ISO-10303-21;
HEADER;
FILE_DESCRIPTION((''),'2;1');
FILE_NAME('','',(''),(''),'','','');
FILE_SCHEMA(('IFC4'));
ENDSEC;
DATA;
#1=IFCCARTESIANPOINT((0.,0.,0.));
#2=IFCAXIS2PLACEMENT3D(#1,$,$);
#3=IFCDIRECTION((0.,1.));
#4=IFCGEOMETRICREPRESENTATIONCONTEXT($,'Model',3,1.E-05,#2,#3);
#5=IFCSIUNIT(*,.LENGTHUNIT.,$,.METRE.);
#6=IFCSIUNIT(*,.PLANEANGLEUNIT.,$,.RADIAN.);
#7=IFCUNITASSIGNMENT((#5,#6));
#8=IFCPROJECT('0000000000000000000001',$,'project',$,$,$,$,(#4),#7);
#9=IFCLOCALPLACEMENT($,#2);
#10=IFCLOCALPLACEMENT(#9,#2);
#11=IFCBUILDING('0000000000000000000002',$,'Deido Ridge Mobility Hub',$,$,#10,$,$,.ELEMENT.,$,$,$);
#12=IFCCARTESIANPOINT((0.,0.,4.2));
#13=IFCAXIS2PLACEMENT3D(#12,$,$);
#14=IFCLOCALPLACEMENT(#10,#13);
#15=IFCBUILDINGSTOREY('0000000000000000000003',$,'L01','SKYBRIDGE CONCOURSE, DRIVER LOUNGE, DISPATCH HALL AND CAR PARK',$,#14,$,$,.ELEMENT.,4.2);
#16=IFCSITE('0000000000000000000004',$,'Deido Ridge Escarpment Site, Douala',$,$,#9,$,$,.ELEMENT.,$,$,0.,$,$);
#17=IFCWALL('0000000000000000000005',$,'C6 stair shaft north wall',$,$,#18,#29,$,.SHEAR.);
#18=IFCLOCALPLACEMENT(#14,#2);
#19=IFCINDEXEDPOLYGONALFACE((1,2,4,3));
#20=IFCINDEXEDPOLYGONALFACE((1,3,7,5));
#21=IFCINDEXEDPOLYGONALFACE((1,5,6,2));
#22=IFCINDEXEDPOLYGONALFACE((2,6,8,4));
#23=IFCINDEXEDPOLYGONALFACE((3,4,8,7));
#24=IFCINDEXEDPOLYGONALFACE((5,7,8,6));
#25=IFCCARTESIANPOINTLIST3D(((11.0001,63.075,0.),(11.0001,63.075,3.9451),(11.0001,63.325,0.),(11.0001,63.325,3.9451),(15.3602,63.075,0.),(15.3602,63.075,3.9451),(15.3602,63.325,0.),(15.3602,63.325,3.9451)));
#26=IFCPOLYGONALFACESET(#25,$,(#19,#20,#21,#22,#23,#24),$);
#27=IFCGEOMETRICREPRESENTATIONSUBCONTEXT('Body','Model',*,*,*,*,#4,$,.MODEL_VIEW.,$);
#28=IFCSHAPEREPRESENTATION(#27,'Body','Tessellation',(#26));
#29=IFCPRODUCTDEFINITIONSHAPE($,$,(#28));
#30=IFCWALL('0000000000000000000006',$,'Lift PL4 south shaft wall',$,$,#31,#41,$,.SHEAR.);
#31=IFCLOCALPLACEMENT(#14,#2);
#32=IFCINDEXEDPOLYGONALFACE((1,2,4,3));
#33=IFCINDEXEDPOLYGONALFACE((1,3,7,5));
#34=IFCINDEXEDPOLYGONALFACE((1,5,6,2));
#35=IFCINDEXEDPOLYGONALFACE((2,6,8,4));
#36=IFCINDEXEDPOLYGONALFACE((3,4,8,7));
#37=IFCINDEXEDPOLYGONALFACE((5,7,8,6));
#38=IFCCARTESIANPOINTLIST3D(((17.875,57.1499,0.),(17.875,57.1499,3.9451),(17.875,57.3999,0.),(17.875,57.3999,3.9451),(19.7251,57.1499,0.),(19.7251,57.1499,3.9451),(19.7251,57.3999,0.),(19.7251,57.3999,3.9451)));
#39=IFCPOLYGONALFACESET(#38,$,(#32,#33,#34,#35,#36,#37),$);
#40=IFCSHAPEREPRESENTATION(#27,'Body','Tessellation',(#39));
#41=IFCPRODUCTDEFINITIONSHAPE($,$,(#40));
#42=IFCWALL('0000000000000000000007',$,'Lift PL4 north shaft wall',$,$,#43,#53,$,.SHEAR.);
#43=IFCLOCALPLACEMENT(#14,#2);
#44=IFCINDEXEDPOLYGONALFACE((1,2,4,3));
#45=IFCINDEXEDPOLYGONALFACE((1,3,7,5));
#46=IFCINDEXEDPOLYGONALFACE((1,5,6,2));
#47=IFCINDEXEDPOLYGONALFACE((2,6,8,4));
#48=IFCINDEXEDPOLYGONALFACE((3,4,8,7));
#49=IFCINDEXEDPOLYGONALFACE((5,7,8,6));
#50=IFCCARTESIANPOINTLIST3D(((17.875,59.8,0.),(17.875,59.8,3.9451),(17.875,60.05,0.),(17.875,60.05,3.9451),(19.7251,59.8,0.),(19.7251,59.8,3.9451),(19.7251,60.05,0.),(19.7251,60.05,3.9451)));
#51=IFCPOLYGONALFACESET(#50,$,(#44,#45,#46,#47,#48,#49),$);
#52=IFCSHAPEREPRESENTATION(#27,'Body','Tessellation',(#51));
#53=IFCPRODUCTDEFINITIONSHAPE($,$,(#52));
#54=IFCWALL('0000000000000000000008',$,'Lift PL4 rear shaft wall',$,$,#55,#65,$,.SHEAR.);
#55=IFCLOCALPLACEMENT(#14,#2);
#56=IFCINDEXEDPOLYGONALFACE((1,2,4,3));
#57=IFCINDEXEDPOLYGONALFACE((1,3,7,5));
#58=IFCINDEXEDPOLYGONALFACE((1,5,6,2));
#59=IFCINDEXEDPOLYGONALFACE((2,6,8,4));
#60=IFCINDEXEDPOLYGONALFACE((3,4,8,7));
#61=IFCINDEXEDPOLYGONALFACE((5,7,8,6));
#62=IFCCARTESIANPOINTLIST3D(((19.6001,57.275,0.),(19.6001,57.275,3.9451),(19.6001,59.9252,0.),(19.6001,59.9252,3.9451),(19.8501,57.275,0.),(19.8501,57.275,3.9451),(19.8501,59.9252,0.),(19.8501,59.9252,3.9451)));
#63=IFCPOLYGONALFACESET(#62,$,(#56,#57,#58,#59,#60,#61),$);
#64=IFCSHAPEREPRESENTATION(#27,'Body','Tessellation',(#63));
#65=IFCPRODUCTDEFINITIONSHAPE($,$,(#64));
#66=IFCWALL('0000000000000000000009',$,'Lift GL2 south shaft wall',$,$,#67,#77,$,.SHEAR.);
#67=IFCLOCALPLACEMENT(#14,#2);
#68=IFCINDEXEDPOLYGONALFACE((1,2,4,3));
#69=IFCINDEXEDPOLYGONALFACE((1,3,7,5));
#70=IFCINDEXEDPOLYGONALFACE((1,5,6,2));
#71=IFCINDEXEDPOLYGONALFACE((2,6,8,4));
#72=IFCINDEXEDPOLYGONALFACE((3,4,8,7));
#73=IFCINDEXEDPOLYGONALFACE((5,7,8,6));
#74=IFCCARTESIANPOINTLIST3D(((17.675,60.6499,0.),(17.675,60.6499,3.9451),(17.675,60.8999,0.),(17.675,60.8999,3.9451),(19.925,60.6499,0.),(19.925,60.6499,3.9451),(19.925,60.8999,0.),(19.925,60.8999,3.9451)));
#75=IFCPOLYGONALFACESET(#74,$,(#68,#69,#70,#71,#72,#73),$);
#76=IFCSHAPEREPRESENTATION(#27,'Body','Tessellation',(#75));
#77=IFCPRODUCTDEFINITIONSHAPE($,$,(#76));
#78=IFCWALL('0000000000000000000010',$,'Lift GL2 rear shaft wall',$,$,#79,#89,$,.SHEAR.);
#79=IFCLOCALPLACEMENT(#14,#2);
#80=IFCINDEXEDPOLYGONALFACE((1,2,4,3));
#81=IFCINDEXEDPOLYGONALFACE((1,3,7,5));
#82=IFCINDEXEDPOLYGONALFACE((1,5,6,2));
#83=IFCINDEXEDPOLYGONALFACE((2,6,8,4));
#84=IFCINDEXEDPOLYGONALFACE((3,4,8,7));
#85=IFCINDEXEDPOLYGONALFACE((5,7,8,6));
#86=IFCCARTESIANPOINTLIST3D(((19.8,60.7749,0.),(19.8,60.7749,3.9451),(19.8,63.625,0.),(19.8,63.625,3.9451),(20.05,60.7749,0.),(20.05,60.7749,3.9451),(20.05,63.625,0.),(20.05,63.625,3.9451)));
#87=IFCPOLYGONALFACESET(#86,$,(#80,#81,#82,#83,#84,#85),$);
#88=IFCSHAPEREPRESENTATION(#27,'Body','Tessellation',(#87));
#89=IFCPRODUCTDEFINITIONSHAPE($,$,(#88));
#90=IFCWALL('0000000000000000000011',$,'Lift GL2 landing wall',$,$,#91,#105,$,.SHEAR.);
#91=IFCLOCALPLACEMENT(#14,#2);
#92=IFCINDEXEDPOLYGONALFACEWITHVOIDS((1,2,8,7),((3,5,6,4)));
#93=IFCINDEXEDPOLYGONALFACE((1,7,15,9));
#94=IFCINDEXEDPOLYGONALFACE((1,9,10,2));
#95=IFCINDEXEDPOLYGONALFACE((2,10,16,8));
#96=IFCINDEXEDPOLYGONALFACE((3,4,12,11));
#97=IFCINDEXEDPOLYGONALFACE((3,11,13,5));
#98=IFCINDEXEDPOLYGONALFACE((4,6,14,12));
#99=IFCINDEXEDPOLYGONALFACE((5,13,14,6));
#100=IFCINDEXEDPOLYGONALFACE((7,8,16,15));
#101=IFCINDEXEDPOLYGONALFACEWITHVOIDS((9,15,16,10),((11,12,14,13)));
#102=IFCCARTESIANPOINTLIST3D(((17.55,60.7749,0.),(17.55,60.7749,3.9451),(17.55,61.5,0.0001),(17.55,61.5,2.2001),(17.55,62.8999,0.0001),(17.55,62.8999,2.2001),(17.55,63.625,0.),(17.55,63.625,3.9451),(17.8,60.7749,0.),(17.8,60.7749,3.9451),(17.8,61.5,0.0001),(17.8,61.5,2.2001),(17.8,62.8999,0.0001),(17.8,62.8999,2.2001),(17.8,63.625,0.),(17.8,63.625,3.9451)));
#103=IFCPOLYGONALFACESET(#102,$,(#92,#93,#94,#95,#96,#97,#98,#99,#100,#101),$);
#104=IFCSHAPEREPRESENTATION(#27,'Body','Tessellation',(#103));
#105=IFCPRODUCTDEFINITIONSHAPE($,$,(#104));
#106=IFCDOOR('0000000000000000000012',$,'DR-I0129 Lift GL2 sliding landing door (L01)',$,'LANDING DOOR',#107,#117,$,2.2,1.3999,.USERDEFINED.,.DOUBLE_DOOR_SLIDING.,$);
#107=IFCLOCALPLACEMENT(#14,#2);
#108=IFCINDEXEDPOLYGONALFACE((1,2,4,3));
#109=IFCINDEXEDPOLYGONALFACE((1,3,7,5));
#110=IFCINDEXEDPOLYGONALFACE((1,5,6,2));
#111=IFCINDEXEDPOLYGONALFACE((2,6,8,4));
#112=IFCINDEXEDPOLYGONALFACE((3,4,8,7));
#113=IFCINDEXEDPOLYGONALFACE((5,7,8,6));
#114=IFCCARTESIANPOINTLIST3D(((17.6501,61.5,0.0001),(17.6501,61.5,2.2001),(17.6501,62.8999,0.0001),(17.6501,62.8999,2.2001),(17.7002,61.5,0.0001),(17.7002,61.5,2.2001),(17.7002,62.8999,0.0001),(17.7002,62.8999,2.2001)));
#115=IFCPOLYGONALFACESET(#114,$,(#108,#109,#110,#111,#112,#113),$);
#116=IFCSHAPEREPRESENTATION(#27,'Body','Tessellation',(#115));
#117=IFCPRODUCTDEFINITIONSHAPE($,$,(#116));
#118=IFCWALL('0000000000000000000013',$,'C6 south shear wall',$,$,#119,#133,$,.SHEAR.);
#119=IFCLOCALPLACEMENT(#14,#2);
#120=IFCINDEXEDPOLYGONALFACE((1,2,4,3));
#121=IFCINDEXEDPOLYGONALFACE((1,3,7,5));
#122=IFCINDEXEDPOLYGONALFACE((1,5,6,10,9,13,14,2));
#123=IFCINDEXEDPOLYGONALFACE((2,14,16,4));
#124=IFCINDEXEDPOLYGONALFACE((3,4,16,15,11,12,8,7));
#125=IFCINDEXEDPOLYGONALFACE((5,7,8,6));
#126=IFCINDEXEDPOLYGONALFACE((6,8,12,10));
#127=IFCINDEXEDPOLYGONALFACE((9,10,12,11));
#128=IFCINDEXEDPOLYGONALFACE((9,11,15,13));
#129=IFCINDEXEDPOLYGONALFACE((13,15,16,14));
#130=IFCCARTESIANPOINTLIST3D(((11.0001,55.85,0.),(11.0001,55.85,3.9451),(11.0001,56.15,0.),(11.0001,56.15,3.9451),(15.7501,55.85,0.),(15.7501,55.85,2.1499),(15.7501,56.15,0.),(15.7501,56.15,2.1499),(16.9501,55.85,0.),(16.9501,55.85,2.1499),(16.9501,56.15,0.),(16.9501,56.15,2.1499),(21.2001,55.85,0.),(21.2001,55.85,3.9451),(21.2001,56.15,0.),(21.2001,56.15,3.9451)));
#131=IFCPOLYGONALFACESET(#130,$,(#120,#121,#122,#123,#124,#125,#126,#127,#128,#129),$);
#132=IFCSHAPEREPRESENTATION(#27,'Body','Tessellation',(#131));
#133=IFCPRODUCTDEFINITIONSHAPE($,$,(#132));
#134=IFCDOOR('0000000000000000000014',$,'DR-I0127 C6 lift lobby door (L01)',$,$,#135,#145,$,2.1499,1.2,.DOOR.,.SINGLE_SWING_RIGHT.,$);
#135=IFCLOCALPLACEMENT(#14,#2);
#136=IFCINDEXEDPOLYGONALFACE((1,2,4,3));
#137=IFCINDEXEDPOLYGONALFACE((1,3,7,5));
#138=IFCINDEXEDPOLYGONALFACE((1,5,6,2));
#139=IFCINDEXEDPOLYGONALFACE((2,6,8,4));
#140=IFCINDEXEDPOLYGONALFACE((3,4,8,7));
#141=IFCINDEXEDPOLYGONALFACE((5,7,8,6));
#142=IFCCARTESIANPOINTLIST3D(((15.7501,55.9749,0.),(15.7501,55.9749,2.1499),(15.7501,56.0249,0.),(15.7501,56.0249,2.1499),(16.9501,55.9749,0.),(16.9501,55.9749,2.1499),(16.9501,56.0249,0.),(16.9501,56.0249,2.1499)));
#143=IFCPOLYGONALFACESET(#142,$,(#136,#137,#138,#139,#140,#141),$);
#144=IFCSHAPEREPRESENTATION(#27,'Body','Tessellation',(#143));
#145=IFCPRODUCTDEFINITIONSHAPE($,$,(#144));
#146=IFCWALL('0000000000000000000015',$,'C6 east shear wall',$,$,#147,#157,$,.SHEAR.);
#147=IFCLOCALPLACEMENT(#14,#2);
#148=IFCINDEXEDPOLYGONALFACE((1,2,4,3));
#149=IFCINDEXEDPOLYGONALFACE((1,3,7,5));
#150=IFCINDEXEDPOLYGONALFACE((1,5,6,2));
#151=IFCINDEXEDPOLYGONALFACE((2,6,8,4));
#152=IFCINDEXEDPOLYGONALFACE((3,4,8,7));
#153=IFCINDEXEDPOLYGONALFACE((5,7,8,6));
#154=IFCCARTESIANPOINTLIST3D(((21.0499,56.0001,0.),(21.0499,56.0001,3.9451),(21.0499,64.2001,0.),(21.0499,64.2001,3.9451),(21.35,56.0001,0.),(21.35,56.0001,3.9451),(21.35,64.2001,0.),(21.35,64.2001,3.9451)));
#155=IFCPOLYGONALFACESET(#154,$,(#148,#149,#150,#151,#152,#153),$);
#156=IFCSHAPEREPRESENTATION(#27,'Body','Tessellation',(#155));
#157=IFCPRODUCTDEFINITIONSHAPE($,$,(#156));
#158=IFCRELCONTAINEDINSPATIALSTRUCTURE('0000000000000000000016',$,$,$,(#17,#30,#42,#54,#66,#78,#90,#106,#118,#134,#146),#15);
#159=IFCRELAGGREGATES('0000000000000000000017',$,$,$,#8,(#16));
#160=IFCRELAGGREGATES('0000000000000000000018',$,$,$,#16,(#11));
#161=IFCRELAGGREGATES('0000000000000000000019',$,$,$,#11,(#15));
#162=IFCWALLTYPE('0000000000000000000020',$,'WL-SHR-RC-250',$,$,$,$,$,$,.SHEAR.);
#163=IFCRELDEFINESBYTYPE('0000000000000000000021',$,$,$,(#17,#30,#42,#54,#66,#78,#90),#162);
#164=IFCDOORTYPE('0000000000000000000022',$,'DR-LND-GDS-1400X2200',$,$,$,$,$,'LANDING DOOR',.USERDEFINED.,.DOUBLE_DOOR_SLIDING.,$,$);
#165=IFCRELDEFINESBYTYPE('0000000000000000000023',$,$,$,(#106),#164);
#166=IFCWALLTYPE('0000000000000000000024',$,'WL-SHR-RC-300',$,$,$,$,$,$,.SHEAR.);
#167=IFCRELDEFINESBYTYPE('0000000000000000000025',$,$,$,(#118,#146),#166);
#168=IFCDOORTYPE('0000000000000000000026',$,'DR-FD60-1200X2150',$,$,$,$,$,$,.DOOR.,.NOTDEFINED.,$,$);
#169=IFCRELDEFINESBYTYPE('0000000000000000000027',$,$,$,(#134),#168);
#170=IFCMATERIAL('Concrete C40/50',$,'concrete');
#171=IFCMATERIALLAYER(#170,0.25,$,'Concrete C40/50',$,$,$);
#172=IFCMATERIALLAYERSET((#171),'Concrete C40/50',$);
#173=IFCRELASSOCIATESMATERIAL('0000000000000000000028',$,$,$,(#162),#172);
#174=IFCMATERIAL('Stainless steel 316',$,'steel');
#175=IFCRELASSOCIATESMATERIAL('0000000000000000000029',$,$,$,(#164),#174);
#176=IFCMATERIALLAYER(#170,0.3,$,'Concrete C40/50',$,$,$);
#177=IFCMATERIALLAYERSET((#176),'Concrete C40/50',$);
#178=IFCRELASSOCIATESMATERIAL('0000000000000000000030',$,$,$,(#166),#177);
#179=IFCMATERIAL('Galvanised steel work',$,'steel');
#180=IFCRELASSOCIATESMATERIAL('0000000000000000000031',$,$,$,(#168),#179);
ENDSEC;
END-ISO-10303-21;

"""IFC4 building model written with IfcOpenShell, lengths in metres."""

from ifc_helpers import new_model, si_unit, direction, frame, frame_2d, origin, place, context, subcontext, project, spatial, rectangle, extrude, material, layer, layer_set, type_object, element, fill, save


model = new_model("IFC4")

# Units and contexts
model_context = context("Model", 3, precision=1e-05, world=origin(), true_north=direction((0.0, 1.0)))
body_context = subcontext(model_context, "Body", "Model", "MODEL_VIEW")
ifc_project = project(units=[si_unit("LENGTHUNIT", "METRE"), si_unit("PLANEANGLEUNIT", "RADIAN")], contexts=[model_context])

# Site, building, storey
site_placement = place(None, origin())
site = spatial("IfcSite", under=ifc_project, at=site_placement, Name="Deido Ridge Escarpment Site, Douala", CompositionType="ELEMENT", RefElevation=0.0)
building_placement = place(site_placement, origin())
building = spatial("IfcBuilding", under=site, at=building_placement, Name="Deido Ridge Mobility Hub", CompositionType="ELEMENT")
storey_placement = place(building_placement, frame((0.0, 0.0, 4.2)))
storey = spatial("IfcBuildingStorey", under=building, at=storey_placement, Name="L01", Description="SKYBRIDGE CONCOURSE, DRIVER LOUNGE, DISPATCH HALL AND CAR PARK", CompositionType="ELEMENT", Elevation=4.2)

# Shared definitions
ifc_material_1 = material(Name="Concrete C40/50", Category="concrete")
ifc_layer_1 = layer(ifc_material_1, 0.25, Name="Concrete C40/50")
ifc_layer_set_1 = layer_set([ifc_layer_1], Name="Concrete C40/50")
wall_type_1 = type_object("IfcWallType", Name="WL-SHR-RC-250", PredefinedType="SHEAR", material=ifc_layer_set_1)
ifc_material_2 = material(Name="Galvanised steel work", Category="steel")

# Walls
wall_1_placement = place(storey_placement, frame((11.0, 63.2, 0.0), z_axis=(0.0, 0.0, 1.0), x_axis=(1.0, 0.0, 0.0)))
element("IfcWall", 1, at=wall_1_placement, inside=storey, type_object=wall_type_1, Name="C6 stair shaft north wall", PredefinedType="SHEAR", context=body_context, shape_type="SweptSolid", body=[
    extrude(rectangle(XDim=4.3601, YDim=0.25, at=frame_2d((2.1802, 0.0))), origin(), (0.0, 0.0, 1.0), 3.9451),
])
for number, where, z_axis, x_axis, name in (
    (2, (17.875, 57.2749, 0.0), (0.0, 0.0, 1.0), (1.0, 0.0, 0.0), "Lift PL4 south shaft wall"),
    (3, (17.875, 59.925, 0.0), (0.0, 0.0, 1.0), (1.0, 0.0, 0.0), "Lift PL4 north shaft wall"),
):
    element("IfcWall", number, at=place(storey_placement, frame(where, z_axis=z_axis, x_axis=x_axis)), inside=storey, type_object=wall_type_1, Name=name, PredefinedType="SHEAR", context=body_context, shape_type="SweptSolid", body=[
        extrude(rectangle(XDim=1.8501, YDim=0.25, at=frame_2d((0.925, 0.0))), origin(), (0.0, 0.0, 1.0), 3.9451),
    ])
wall_2_placement = place(storey_placement, frame((19.7251, 57.2749, 0.0), z_axis=(0.0, 0.0, 1.0), x_axis=(0.0, 1.0, 0.0)))
element("IfcWall", 4, at=wall_2_placement, inside=storey, type_object=wall_type_1, Name="Lift PL4 rear shaft wall", PredefinedType="SHEAR", context=body_context, shape_type="SweptSolid", body=[
    extrude(rectangle(XDim=2.6501, YDim=0.25, at=frame_2d((1.3252, 0.0))), origin(), (0.0, 0.0, 1.0), 3.9451),
])

# Shared definitions
ifc_material_3 = material(Name="Stainless steel 316", Category="steel")

# Walls
wall_3_placement = place(storey_placement, frame((17.675, 60.7749, 0.0), z_axis=(0.0, 0.0, 1.0), x_axis=(1.0, 0.0, 0.0)))
element("IfcWall", 5, at=wall_3_placement, inside=storey, type_object=wall_type_1, Name="Lift GL2 south shaft wall", PredefinedType="SHEAR", context=body_context, shape_type="SweptSolid", body=[
    extrude(rectangle(XDim=2.25, YDim=0.25, at=frame_2d((1.125, 0.0))), origin(), (0.0, 0.0, 1.0), 3.9451),
])
wall_4_placement = place(storey_placement, frame((19.925, 60.7749, 0.0), z_axis=(0.0, 0.0, 1.0), x_axis=(0.0, 1.0, 0.0)))
element("IfcWall", 6, at=wall_4_placement, inside=storey, type_object=wall_type_1, Name="Lift GL2 rear shaft wall", PredefinedType="SHEAR", context=body_context, shape_type="SweptSolid", body=[
    extrude(rectangle(XDim=2.8501, YDim=0.25, at=frame_2d((1.425, 0.0))), origin(), (0.0, 0.0, 1.0), 3.9451),
])

# Walls, openings, doors
wall_5_placement = place(storey_placement, frame((17.675, 60.7749, 0.0), z_axis=(0.0, 0.0, 1.0), x_axis=(0.0, 1.0, 0.0)))
wall_5 = element("IfcWall", 7, at=wall_5_placement, inside=storey, type_object=wall_type_1, Name="Lift GL2 landing wall", PredefinedType="SHEAR", context=body_context, shape_type="SweptSolid", body=[
    extrude(rectangle(XDim=2.8501, YDim=0.25, at=frame_2d((1.425, 0.0))), origin(), (0.0, 0.0, 1.0), 3.9451),
])
opening_1_placement = place(wall_5_placement, frame((0.7251, 0.0, 0.0)))
opening_1 = element("IfcOpeningElement", 8, at=opening_1_placement, cuts=wall_5, PredefinedType="OPENING", context=body_context, shape_type="SweptSolid", body=[
    extrude(rectangle(XDim=1.3999, YDim=2.2, at=frame_2d((0.7, 1.1001))), frame((0.0, 0.135, 0.0), z_axis=(0.0, -1.0, 0.0), x_axis=(1.0, 0.0, 0.0)), (0.0, 0.0, 1.0), 0.27),
])
door_type_1 = type_object("IfcDoorType", Name="DR-LND-GDS-1400X2200", ElementType="LANDING DOOR", OperationType="DOUBLE_DOOR_SLIDING", PredefinedType="USERDEFINED", material=ifc_material_3)
door_1_placement = place(opening_1_placement, origin())
door_1 = element("IfcDoor", 9, at=door_1_placement, inside=storey, type_object=door_type_1, Name="DR-I0129 Lift GL2 sliding landing door (L01)", ObjectType="LANDING DOOR", OperationType="DOUBLE_DOOR_SLIDING", OverallHeight=2.2, OverallWidth=1.3999, PredefinedType="USERDEFINED", context=body_context, shape_type="SweptSolid", body=[
    extrude(rectangle(XDim=1.3999, YDim=2.2, at=frame_2d((0.7, 1.1001))), frame((0.0, 0.0249, 0.0), z_axis=(0.0, -1.0, 0.0), x_axis=(1.0, 0.0, 0.0)), (0.0, 0.0, 1.0), 0.05),
])
fill(opening_1, door_1)
ifc_layer_2 = layer(ifc_material_1, 0.3, Name="Concrete C40/50")
ifc_layer_set_2 = layer_set([ifc_layer_2], Name="Concrete C40/50")
wall_type_2 = type_object("IfcWallType", Name="WL-SHR-RC-300", PredefinedType="SHEAR", material=ifc_layer_set_2)
wall_6_placement = place(storey_placement, frame((11.0, 56.0, 0.0), z_axis=(0.0, 0.0, 1.0), x_axis=(1.0, 0.0, 0.0)))
wall_6 = element("IfcWall", 10, at=wall_6_placement, inside=storey, type_object=wall_type_2, Name="C6 south shear wall", PredefinedType="SHEAR", context=body_context, shape_type="SweptSolid", body=[
    extrude(rectangle(XDim=10.2, YDim=0.3, at=frame_2d((5.1001, 0.0))), origin(), (0.0, 0.0, 1.0), 3.9451),
])
opening_2_placement = place(wall_6_placement, frame((4.75, 0.0, 0.0)))
opening_2 = element("IfcOpeningElement", 11, at=opening_2_placement, cuts=wall_6, PredefinedType="OPENING", context=body_context, shape_type="SweptSolid", body=[
    extrude(rectangle(XDim=1.2, YDim=2.1499, at=frame_2d((0.6001, 1.075))), frame((0.0, 0.1602, 0.0), z_axis=(0.0, -1.0, 0.0), x_axis=(1.0, 0.0, 0.0)), (0.0, 0.0, 1.0), 0.3201),
])
door_type_2 = type_object("IfcDoorType", Name="DR-FD60-1200X2150", OperationType="NOTDEFINED", PredefinedType="DOOR", material=ifc_material_2)
door_2_placement = place(opening_2_placement, origin())
door_2 = element("IfcDoor", 12, at=door_2_placement, inside=storey, type_object=door_type_2, Name="DR-I0127 C6 lift lobby door (L01)", OperationType="SINGLE_SWING_RIGHT", OverallHeight=2.1499, OverallWidth=1.2, PredefinedType="DOOR", context=body_context, shape_type="SweptSolid", body=[
    extrude(rectangle(XDim=1.2, YDim=2.1499, at=frame_2d((0.6001, 1.075))), frame((0.0, 0.0249, 0.0), z_axis=(0.0, -1.0, 0.0), x_axis=(1.0, 0.0, 0.0)), (0.0, 0.0, 1.0), 0.05),
])
fill(opening_2, door_2)

# Wall
wall_7_placement = place(storey_placement, frame((21.2, 56.0, 0.0), z_axis=(0.0, 0.0, 1.0), x_axis=(0.0, 1.0, 0.0)))
element("IfcWall", 13, at=wall_7_placement, inside=storey, type_object=wall_type_2, Name="C6 east shear wall", PredefinedType="SHEAR", context=body_context, shape_type="SweptSolid", body=[
    extrude(rectangle(XDim=8.2, YDim=0.3, at=frame_2d((4.1001, 0.0))), origin(), (0.0, 0.0, 1.0), 3.9451),
])

save(model, "model.ifc")
